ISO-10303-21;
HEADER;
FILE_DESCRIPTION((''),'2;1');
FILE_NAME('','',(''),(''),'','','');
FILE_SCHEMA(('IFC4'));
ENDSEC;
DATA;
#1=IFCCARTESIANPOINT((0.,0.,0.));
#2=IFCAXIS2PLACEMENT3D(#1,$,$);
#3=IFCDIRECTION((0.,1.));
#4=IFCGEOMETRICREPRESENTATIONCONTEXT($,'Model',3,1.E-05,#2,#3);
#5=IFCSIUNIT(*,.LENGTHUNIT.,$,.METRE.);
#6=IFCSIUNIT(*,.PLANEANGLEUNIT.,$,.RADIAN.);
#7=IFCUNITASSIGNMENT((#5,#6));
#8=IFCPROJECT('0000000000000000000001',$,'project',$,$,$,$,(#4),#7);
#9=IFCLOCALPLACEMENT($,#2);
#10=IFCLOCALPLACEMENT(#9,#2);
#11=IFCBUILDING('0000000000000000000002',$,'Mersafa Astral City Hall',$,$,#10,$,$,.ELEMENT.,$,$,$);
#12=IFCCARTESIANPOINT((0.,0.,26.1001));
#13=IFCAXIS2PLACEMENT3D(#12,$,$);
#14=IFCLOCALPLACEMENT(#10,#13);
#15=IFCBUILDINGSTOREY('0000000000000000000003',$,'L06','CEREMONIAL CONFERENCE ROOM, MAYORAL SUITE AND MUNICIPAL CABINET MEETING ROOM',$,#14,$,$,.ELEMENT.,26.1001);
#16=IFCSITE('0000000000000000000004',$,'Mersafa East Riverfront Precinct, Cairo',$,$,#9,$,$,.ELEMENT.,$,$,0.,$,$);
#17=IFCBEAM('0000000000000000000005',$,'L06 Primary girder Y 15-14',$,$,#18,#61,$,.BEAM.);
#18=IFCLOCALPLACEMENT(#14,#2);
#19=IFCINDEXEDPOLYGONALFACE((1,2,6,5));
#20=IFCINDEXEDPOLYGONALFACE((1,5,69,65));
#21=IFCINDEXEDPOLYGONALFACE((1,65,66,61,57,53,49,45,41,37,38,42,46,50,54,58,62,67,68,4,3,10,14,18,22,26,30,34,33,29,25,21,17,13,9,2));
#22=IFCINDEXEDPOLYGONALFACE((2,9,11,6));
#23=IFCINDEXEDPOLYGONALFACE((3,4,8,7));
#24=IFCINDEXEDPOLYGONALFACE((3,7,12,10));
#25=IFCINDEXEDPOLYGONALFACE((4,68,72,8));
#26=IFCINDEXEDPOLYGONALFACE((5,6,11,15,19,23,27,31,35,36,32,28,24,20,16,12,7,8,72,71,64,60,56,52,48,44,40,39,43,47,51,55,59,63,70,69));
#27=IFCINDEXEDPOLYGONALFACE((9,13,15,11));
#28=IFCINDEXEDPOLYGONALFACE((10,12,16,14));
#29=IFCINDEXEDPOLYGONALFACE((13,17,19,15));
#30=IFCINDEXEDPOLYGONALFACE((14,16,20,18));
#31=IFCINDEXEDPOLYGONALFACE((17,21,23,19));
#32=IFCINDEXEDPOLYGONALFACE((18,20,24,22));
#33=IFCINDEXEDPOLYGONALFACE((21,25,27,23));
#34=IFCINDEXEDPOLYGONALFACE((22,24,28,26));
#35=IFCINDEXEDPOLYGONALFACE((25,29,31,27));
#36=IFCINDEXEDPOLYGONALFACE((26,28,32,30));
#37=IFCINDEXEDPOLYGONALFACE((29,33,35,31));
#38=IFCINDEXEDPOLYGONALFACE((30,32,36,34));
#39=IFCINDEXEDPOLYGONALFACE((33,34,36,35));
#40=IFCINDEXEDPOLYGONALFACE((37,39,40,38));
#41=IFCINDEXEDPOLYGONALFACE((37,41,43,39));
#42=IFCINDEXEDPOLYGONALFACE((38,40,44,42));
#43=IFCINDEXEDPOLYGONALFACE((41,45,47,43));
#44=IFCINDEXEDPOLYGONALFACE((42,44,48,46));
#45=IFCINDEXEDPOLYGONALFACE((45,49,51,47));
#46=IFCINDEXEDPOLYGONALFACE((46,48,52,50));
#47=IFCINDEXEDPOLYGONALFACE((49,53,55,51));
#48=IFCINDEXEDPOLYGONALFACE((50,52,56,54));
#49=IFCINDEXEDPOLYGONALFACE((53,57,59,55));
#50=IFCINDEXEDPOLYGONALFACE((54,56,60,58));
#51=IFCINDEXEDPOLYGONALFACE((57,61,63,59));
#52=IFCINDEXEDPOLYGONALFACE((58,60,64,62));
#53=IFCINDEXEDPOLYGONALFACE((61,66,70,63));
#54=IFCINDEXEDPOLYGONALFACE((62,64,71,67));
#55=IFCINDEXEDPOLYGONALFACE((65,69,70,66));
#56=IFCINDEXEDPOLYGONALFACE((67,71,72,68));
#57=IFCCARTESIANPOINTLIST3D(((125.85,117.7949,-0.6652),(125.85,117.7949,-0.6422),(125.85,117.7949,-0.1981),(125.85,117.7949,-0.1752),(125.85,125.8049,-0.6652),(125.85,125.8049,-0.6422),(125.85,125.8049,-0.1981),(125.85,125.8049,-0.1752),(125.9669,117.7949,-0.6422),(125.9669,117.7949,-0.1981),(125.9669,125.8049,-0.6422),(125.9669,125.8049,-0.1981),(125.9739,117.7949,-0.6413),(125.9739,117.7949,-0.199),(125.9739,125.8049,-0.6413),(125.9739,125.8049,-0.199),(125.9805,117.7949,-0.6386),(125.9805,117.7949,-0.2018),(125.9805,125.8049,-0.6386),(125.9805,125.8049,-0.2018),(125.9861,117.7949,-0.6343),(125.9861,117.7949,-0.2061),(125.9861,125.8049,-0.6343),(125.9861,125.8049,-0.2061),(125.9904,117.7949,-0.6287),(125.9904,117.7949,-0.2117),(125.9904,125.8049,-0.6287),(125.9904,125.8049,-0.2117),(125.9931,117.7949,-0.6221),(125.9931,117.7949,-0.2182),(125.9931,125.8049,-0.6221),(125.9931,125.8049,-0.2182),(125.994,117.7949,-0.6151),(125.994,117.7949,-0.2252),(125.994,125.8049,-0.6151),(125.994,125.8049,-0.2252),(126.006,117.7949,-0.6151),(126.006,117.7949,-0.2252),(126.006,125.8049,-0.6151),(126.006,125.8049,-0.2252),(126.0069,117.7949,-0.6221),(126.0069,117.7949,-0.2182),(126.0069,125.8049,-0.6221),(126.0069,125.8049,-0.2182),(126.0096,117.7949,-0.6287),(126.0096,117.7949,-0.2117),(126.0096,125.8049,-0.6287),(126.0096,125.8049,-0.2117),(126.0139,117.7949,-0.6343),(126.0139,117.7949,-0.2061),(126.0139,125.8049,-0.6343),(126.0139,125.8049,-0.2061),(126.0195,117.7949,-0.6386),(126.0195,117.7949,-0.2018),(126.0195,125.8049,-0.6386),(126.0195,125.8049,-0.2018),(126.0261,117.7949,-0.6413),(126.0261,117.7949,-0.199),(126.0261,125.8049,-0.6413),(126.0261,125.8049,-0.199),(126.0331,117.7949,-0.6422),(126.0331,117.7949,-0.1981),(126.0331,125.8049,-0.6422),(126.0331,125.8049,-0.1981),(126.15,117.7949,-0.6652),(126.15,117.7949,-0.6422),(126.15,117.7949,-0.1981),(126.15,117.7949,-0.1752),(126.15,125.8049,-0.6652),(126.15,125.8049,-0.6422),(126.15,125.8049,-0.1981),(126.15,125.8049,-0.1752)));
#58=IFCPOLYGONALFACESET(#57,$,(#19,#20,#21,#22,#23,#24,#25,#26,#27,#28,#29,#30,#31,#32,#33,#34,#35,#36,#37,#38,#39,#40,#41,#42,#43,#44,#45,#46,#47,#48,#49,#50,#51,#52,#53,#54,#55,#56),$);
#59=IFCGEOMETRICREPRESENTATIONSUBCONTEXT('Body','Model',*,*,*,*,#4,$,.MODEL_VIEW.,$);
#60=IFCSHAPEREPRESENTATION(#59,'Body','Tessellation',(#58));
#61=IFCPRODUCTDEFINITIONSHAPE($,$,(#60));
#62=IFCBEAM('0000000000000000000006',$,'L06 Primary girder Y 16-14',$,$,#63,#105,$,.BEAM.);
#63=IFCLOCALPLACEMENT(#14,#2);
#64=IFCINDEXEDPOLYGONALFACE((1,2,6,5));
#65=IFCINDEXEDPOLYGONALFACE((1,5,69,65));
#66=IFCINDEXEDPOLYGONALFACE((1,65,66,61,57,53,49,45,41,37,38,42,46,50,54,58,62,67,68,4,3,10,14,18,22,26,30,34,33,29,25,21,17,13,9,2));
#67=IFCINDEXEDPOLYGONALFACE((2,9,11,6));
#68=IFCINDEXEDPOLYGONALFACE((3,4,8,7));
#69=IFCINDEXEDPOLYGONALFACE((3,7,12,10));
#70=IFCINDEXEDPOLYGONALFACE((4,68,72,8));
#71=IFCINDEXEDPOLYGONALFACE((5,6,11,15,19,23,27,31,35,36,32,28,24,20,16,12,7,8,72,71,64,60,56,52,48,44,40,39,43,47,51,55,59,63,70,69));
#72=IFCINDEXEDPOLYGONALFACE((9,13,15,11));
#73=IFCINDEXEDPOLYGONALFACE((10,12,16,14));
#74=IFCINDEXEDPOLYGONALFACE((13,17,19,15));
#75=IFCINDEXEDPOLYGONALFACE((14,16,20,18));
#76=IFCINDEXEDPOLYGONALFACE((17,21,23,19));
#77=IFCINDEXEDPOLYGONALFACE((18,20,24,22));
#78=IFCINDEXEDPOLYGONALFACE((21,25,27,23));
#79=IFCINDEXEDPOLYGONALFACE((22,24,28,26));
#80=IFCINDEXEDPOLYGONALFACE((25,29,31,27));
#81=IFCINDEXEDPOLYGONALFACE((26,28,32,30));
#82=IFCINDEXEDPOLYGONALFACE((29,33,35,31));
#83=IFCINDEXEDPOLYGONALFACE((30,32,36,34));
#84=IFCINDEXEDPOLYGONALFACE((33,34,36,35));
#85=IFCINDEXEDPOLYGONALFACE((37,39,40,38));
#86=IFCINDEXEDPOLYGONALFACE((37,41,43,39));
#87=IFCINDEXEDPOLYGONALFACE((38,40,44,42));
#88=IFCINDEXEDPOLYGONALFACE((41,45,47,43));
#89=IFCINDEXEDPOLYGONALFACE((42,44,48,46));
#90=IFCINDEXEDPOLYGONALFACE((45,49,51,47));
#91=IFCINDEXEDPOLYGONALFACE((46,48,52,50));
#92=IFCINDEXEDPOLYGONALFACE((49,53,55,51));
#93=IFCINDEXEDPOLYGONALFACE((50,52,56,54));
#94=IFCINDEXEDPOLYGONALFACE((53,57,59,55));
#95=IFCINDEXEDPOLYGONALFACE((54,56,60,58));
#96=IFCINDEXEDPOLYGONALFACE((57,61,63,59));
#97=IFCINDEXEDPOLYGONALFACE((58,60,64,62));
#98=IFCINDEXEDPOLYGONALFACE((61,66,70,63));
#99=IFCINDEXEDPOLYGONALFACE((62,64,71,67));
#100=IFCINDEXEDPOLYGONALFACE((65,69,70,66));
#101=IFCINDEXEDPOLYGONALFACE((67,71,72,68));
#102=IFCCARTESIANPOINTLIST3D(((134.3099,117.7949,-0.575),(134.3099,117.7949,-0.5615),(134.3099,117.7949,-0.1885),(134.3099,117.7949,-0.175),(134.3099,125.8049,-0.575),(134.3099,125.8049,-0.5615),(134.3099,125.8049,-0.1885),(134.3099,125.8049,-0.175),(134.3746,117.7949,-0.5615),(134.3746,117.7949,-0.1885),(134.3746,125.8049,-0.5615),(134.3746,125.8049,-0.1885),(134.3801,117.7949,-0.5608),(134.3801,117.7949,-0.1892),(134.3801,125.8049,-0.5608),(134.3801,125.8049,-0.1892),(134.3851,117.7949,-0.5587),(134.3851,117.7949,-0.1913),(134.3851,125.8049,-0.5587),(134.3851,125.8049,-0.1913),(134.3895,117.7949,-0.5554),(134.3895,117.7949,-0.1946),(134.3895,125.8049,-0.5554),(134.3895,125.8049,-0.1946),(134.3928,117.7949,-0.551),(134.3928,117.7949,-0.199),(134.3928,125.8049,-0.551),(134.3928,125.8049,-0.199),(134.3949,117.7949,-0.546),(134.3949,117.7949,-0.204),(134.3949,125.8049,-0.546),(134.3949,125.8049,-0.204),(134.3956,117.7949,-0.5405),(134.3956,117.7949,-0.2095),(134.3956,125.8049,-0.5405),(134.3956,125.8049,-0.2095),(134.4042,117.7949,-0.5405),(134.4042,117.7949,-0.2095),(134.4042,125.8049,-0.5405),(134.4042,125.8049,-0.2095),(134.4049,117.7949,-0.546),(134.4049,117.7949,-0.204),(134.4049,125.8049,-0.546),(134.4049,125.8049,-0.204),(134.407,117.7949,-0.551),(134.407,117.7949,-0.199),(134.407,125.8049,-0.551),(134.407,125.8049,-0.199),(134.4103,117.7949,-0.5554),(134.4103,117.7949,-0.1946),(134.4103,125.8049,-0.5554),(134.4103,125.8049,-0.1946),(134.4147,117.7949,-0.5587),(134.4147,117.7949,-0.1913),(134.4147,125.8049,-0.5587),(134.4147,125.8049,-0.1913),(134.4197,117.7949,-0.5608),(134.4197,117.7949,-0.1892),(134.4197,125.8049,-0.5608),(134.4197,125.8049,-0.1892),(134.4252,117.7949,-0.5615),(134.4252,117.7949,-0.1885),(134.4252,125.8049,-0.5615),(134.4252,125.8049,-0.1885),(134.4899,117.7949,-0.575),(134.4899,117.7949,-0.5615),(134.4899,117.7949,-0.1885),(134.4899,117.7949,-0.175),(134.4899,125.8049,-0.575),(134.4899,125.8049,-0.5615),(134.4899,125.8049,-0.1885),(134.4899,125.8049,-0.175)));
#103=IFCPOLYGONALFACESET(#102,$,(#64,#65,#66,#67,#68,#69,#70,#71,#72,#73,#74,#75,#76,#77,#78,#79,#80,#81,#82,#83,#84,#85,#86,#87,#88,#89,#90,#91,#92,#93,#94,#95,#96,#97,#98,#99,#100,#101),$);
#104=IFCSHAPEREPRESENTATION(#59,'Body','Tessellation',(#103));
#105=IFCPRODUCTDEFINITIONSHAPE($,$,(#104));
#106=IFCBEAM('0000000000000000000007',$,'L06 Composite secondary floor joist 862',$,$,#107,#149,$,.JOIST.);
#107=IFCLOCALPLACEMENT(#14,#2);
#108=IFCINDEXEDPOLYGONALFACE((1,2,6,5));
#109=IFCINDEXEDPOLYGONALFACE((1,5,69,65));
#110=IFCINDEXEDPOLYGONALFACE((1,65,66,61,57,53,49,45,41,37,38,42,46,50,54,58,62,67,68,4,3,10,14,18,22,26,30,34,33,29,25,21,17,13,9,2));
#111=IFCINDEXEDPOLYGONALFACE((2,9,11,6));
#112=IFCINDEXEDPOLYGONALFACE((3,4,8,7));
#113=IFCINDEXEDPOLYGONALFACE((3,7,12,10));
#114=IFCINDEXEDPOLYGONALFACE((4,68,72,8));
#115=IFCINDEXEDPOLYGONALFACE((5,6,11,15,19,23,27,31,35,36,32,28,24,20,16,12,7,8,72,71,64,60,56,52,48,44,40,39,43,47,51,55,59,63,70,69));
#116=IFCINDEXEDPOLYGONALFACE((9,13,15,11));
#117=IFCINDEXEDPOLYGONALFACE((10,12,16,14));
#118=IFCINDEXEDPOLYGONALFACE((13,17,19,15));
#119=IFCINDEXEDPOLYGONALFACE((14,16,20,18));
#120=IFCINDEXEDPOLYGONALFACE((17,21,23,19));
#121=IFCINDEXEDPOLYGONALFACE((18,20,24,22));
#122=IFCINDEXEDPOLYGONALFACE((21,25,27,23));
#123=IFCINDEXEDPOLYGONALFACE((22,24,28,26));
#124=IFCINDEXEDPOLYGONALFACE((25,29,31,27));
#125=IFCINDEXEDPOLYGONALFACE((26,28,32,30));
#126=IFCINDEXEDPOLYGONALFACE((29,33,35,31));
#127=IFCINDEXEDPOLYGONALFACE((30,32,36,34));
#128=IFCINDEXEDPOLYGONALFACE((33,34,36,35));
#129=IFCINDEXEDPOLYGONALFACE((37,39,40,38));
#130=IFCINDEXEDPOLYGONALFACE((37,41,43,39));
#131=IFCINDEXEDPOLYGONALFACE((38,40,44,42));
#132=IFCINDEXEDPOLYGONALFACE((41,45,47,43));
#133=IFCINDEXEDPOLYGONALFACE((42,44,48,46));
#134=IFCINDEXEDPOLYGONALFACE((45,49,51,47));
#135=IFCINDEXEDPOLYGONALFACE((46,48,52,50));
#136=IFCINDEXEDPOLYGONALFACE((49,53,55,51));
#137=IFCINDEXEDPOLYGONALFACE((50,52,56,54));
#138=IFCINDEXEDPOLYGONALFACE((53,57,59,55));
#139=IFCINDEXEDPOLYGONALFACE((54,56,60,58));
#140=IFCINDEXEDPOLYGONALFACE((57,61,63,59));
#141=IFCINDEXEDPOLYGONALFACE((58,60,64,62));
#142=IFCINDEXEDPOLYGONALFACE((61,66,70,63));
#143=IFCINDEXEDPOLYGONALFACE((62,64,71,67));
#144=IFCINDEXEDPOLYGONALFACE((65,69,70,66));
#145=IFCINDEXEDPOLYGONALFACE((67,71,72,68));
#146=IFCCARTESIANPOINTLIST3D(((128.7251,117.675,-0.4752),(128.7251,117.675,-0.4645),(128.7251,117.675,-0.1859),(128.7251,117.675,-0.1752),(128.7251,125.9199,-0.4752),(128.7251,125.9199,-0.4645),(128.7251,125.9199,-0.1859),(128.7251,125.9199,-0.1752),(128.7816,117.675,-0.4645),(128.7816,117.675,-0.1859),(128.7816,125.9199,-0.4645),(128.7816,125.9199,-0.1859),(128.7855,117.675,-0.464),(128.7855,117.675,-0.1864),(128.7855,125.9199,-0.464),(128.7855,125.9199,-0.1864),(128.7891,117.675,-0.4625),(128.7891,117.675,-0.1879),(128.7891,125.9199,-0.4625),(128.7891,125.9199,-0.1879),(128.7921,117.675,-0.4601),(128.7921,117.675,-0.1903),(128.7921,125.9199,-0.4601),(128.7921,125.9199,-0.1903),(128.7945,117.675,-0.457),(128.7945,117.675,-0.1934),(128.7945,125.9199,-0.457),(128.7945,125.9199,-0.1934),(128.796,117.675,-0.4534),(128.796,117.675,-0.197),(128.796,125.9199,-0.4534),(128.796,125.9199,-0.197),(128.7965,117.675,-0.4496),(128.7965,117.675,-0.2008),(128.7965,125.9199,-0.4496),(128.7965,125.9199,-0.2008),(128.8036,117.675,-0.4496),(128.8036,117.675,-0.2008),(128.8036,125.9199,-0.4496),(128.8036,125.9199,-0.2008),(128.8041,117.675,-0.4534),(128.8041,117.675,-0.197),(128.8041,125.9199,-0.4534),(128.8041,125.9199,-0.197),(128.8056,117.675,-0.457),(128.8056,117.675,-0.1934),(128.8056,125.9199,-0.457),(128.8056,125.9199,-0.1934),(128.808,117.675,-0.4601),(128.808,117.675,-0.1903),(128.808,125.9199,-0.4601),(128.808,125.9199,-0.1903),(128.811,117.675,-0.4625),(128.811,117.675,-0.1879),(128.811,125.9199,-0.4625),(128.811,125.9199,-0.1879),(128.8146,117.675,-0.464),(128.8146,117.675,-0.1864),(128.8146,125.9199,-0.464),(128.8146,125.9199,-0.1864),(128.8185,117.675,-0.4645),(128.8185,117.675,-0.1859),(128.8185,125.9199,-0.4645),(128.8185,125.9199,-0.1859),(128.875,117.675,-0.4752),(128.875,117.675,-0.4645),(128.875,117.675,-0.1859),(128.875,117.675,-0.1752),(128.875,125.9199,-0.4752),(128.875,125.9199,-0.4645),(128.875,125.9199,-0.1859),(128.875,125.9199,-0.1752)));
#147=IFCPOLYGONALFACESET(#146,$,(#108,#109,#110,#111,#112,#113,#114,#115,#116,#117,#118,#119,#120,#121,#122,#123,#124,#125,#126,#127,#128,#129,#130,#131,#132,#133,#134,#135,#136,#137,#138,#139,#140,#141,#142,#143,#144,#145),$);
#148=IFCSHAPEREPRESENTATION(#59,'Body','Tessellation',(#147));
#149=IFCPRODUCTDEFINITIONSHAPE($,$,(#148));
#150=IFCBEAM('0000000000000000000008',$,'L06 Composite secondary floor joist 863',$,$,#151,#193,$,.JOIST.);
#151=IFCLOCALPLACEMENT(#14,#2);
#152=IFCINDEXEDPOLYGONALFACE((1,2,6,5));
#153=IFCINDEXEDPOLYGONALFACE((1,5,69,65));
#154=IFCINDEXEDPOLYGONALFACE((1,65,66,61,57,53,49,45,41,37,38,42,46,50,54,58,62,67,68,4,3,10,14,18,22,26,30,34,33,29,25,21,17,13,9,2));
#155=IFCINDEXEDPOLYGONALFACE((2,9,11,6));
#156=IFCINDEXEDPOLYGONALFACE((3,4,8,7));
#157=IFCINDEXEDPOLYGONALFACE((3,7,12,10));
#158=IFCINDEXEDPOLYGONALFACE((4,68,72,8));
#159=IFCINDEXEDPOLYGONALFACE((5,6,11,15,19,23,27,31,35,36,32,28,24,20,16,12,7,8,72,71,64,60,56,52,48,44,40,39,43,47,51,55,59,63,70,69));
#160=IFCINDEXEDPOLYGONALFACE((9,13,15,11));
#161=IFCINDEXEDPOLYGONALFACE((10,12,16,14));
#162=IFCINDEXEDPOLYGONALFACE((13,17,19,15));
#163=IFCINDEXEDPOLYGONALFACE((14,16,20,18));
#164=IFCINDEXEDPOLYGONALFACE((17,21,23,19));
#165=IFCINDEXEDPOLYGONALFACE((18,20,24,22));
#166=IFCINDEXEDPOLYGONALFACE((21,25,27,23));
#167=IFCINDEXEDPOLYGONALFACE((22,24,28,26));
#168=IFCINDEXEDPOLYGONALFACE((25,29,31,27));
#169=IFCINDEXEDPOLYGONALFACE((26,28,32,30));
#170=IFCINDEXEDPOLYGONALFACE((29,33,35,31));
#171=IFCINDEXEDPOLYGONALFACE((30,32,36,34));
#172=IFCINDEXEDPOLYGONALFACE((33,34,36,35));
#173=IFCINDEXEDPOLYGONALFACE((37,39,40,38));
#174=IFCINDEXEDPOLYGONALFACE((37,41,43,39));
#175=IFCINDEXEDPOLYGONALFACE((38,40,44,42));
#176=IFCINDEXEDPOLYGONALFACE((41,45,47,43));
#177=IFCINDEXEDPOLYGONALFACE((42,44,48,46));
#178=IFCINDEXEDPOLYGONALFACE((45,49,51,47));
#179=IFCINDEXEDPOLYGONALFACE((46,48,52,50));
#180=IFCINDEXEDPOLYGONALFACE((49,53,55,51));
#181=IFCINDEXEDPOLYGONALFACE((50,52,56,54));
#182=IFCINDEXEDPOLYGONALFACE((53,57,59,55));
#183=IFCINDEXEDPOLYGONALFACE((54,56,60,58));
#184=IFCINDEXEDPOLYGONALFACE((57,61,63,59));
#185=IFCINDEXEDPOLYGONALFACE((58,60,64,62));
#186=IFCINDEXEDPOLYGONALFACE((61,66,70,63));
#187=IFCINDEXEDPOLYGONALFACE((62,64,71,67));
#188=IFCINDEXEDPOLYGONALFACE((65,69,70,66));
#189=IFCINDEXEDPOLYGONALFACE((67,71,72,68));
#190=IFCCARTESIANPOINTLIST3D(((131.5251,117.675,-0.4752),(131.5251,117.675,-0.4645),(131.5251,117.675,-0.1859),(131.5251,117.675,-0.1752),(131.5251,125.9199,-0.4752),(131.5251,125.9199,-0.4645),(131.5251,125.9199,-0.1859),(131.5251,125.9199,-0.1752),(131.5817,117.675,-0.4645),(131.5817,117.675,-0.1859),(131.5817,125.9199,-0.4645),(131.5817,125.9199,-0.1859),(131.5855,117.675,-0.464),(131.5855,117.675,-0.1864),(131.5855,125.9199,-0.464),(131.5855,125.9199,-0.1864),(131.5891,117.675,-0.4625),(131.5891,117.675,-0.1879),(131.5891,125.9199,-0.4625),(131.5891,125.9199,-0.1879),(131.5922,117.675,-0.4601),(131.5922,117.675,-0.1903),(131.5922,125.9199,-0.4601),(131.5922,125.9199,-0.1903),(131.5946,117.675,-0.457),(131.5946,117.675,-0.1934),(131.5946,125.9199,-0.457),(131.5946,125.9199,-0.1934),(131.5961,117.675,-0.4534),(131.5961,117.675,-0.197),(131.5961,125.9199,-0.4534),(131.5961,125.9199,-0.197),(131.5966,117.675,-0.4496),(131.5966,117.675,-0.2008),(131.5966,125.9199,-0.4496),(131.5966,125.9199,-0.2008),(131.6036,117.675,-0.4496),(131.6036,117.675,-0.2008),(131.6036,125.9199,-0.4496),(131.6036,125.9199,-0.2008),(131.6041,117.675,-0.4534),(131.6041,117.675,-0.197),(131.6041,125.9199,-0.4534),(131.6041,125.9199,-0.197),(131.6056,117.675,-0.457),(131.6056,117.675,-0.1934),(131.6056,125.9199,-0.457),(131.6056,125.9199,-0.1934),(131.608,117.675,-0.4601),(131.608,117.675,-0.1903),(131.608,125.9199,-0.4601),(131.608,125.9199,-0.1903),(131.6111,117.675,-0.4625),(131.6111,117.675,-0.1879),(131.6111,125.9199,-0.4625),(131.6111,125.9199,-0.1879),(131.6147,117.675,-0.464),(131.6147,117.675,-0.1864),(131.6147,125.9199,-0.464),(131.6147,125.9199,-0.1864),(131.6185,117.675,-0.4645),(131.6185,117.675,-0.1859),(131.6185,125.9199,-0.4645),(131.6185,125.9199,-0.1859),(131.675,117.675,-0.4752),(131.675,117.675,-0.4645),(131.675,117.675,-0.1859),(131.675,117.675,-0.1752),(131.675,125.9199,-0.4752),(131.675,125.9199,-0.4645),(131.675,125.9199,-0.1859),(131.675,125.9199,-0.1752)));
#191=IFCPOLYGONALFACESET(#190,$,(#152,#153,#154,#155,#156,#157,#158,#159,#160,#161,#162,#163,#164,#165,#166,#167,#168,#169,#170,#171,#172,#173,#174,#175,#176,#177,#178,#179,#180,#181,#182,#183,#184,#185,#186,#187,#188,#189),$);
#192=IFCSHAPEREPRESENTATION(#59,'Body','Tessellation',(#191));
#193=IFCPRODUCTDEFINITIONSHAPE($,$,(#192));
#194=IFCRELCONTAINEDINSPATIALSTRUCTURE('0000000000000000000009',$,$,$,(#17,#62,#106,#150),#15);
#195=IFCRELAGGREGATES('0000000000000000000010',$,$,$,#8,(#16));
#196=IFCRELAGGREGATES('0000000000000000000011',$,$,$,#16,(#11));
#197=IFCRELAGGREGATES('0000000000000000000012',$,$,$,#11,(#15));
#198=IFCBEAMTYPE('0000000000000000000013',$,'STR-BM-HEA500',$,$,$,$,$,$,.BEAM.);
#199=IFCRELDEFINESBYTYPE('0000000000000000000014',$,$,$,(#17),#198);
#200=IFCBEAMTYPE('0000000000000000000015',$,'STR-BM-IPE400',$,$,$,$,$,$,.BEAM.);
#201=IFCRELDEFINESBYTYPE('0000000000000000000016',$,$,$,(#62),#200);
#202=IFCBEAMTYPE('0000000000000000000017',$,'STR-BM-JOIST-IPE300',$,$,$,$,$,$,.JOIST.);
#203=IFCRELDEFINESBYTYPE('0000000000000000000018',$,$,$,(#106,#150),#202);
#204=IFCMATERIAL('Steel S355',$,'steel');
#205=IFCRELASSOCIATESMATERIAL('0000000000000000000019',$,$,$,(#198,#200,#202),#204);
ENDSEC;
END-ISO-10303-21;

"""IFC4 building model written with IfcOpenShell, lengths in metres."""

from ifc_helpers import new_model, si_unit, direction, frame, origin, origin_2d, place, context, subcontext, project, spatial, i_section, extrude, material, material_profile, profile_set, type_object, element, save


model = new_model("IFC4")

# Units and contexts
model_context = context("Model", 3, precision=1e-05, world=origin(), true_north=direction((0.0, 1.0)))
body_context = subcontext(model_context, "Body", "Model", "MODEL_VIEW")
ifc_project = project(units=[si_unit("LENGTHUNIT", "METRE"), si_unit("PLANEANGLEUNIT", "RADIAN")], contexts=[model_context])

# Site, building, storey
site_placement = place(None, origin())
site = spatial("IfcSite", under=ifc_project, at=site_placement, Name="Mersafa East Riverfront Precinct, Cairo", CompositionType="ELEMENT", RefElevation=0.0)
building_placement = place(site_placement, origin())
building = spatial("IfcBuilding", under=site, at=building_placement, Name="Mersafa Astral City Hall", CompositionType="ELEMENT")
storey_placement = place(building_placement, frame((0.0, 0.0, 26.1001)))
storey = spatial("IfcBuildingStorey", under=building, at=storey_placement, Name="L06", Description="CEREMONIAL CONFERENCE ROOM, MAYORAL SUITE AND MUNICIPAL CABINET MEETING ROOM", CompositionType="ELEMENT", Elevation=26.1001)

# Shared definitions
ifc_material_1 = material(Name="Steel S355", Category="steel")

# Beams
ifc_material_profile_1 = material_profile(ifc_material_1, i_section(OverallWidth=0.3, OverallDepth=0.49, WebThickness=0.012, FlangeThickness=0.0229, FilletRadius=0.0271, at=origin_2d()), Name="HEA 500")
ifc_profile_set_1 = profile_set([ifc_material_profile_1], Name="Steel S355")
beam_type_1 = type_object("IfcBeamType", Name="STR-BM-HEA500", PredefinedType="BEAM", material=ifc_profile_set_1)
beam_1_placement = place(storey_placement, frame((126.0, 117.7949, -0.4202), z_axis=(0.0, 1.0, 0.0), x_axis=(-1.0, 0.0, 0.0)))
element("IfcBeam", 1, at=beam_1_placement, inside=storey, type_object=beam_type_1, Name="L06 Primary girder Y 15-14", PredefinedType="BEAM", context=body_context, shape_type="SweptSolid", body=[
    extrude(i_section(OverallWidth=0.3, OverallDepth=0.49, WebThickness=0.012, FlangeThickness=0.0229, FilletRadius=0.0271, at=origin_2d()), origin(), (0.0, 0.0, 1.0), 8.01),
])
ifc_material_profile_2 = material_profile(ifc_material_1, i_section(OverallWidth=0.1799, OverallDepth=0.3999, WebThickness=0.0085, FlangeThickness=0.0134, FilletRadius=0.021, at=origin_2d()), Name="IPE 400")
ifc_profile_set_2 = profile_set([ifc_material_profile_2], Name="Steel S355")
beam_type_2 = type_object("IfcBeamType", Name="STR-BM-IPE400", PredefinedType="BEAM", material=ifc_profile_set_2)
beam_2_placement = place(storey_placement, frame((134.3999, 117.7949, -0.375), z_axis=(0.0, 1.0, 0.0), x_axis=(-1.0, 0.0, 0.0)))
element("IfcBeam", 2, at=beam_2_placement, inside=storey, type_object=beam_type_2, Name="L06 Primary girder Y 16-14", PredefinedType="BEAM", context=body_context, shape_type="SweptSolid", body=[
    extrude(i_section(OverallWidth=0.1799, OverallDepth=0.3999, WebThickness=0.0085, FlangeThickness=0.0134, FilletRadius=0.021, at=origin_2d()), origin(), (0.0, 0.0, 1.0), 8.01),
])
ifc_material_profile_3 = material_profile(ifc_material_1, i_section(OverallWidth=0.1499, OverallDepth=0.3, WebThickness=0.0071, FlangeThickness=0.0107, FilletRadius=0.0149, at=origin_2d()), Name="IPE 300")
ifc_profile_set_3 = profile_set([ifc_material_profile_3], Name="Steel S355")
beam_type_3 = type_object("IfcBeamType", Name="STR-BM-JOIST-IPE300", PredefinedType="JOIST", material=ifc_profile_set_3)
for number, where, z_axis, x_axis, name in (
    (3, (128.8, 117.675, -0.3252), (0.0, 1.0, 0.0), (-1.0, 0.0, 0.0), "L06 Composite secondary floor joist 862"),
    (4, (131.6001, 117.675, -0.3252), (0.0, 1.0, 0.0), (-1.0, 0.0, 0.0), "L06 Composite secondary floor joist 863"),
):
    element("IfcBeam", number, at=place(storey_placement, frame(where, z_axis=z_axis, x_axis=x_axis)), inside=storey, type_object=beam_type_3, Name=name, PredefinedType="JOIST", context=body_context, shape_type="SweptSolid", body=[
        extrude(i_section(OverallWidth=0.1499, OverallDepth=0.3, WebThickness=0.0071, FlangeThickness=0.0107, FilletRadius=0.0149, at=origin_2d()), origin(), (0.0, 0.0, 1.0), 8.2449),
    ])

save(model, "model.ifc")
